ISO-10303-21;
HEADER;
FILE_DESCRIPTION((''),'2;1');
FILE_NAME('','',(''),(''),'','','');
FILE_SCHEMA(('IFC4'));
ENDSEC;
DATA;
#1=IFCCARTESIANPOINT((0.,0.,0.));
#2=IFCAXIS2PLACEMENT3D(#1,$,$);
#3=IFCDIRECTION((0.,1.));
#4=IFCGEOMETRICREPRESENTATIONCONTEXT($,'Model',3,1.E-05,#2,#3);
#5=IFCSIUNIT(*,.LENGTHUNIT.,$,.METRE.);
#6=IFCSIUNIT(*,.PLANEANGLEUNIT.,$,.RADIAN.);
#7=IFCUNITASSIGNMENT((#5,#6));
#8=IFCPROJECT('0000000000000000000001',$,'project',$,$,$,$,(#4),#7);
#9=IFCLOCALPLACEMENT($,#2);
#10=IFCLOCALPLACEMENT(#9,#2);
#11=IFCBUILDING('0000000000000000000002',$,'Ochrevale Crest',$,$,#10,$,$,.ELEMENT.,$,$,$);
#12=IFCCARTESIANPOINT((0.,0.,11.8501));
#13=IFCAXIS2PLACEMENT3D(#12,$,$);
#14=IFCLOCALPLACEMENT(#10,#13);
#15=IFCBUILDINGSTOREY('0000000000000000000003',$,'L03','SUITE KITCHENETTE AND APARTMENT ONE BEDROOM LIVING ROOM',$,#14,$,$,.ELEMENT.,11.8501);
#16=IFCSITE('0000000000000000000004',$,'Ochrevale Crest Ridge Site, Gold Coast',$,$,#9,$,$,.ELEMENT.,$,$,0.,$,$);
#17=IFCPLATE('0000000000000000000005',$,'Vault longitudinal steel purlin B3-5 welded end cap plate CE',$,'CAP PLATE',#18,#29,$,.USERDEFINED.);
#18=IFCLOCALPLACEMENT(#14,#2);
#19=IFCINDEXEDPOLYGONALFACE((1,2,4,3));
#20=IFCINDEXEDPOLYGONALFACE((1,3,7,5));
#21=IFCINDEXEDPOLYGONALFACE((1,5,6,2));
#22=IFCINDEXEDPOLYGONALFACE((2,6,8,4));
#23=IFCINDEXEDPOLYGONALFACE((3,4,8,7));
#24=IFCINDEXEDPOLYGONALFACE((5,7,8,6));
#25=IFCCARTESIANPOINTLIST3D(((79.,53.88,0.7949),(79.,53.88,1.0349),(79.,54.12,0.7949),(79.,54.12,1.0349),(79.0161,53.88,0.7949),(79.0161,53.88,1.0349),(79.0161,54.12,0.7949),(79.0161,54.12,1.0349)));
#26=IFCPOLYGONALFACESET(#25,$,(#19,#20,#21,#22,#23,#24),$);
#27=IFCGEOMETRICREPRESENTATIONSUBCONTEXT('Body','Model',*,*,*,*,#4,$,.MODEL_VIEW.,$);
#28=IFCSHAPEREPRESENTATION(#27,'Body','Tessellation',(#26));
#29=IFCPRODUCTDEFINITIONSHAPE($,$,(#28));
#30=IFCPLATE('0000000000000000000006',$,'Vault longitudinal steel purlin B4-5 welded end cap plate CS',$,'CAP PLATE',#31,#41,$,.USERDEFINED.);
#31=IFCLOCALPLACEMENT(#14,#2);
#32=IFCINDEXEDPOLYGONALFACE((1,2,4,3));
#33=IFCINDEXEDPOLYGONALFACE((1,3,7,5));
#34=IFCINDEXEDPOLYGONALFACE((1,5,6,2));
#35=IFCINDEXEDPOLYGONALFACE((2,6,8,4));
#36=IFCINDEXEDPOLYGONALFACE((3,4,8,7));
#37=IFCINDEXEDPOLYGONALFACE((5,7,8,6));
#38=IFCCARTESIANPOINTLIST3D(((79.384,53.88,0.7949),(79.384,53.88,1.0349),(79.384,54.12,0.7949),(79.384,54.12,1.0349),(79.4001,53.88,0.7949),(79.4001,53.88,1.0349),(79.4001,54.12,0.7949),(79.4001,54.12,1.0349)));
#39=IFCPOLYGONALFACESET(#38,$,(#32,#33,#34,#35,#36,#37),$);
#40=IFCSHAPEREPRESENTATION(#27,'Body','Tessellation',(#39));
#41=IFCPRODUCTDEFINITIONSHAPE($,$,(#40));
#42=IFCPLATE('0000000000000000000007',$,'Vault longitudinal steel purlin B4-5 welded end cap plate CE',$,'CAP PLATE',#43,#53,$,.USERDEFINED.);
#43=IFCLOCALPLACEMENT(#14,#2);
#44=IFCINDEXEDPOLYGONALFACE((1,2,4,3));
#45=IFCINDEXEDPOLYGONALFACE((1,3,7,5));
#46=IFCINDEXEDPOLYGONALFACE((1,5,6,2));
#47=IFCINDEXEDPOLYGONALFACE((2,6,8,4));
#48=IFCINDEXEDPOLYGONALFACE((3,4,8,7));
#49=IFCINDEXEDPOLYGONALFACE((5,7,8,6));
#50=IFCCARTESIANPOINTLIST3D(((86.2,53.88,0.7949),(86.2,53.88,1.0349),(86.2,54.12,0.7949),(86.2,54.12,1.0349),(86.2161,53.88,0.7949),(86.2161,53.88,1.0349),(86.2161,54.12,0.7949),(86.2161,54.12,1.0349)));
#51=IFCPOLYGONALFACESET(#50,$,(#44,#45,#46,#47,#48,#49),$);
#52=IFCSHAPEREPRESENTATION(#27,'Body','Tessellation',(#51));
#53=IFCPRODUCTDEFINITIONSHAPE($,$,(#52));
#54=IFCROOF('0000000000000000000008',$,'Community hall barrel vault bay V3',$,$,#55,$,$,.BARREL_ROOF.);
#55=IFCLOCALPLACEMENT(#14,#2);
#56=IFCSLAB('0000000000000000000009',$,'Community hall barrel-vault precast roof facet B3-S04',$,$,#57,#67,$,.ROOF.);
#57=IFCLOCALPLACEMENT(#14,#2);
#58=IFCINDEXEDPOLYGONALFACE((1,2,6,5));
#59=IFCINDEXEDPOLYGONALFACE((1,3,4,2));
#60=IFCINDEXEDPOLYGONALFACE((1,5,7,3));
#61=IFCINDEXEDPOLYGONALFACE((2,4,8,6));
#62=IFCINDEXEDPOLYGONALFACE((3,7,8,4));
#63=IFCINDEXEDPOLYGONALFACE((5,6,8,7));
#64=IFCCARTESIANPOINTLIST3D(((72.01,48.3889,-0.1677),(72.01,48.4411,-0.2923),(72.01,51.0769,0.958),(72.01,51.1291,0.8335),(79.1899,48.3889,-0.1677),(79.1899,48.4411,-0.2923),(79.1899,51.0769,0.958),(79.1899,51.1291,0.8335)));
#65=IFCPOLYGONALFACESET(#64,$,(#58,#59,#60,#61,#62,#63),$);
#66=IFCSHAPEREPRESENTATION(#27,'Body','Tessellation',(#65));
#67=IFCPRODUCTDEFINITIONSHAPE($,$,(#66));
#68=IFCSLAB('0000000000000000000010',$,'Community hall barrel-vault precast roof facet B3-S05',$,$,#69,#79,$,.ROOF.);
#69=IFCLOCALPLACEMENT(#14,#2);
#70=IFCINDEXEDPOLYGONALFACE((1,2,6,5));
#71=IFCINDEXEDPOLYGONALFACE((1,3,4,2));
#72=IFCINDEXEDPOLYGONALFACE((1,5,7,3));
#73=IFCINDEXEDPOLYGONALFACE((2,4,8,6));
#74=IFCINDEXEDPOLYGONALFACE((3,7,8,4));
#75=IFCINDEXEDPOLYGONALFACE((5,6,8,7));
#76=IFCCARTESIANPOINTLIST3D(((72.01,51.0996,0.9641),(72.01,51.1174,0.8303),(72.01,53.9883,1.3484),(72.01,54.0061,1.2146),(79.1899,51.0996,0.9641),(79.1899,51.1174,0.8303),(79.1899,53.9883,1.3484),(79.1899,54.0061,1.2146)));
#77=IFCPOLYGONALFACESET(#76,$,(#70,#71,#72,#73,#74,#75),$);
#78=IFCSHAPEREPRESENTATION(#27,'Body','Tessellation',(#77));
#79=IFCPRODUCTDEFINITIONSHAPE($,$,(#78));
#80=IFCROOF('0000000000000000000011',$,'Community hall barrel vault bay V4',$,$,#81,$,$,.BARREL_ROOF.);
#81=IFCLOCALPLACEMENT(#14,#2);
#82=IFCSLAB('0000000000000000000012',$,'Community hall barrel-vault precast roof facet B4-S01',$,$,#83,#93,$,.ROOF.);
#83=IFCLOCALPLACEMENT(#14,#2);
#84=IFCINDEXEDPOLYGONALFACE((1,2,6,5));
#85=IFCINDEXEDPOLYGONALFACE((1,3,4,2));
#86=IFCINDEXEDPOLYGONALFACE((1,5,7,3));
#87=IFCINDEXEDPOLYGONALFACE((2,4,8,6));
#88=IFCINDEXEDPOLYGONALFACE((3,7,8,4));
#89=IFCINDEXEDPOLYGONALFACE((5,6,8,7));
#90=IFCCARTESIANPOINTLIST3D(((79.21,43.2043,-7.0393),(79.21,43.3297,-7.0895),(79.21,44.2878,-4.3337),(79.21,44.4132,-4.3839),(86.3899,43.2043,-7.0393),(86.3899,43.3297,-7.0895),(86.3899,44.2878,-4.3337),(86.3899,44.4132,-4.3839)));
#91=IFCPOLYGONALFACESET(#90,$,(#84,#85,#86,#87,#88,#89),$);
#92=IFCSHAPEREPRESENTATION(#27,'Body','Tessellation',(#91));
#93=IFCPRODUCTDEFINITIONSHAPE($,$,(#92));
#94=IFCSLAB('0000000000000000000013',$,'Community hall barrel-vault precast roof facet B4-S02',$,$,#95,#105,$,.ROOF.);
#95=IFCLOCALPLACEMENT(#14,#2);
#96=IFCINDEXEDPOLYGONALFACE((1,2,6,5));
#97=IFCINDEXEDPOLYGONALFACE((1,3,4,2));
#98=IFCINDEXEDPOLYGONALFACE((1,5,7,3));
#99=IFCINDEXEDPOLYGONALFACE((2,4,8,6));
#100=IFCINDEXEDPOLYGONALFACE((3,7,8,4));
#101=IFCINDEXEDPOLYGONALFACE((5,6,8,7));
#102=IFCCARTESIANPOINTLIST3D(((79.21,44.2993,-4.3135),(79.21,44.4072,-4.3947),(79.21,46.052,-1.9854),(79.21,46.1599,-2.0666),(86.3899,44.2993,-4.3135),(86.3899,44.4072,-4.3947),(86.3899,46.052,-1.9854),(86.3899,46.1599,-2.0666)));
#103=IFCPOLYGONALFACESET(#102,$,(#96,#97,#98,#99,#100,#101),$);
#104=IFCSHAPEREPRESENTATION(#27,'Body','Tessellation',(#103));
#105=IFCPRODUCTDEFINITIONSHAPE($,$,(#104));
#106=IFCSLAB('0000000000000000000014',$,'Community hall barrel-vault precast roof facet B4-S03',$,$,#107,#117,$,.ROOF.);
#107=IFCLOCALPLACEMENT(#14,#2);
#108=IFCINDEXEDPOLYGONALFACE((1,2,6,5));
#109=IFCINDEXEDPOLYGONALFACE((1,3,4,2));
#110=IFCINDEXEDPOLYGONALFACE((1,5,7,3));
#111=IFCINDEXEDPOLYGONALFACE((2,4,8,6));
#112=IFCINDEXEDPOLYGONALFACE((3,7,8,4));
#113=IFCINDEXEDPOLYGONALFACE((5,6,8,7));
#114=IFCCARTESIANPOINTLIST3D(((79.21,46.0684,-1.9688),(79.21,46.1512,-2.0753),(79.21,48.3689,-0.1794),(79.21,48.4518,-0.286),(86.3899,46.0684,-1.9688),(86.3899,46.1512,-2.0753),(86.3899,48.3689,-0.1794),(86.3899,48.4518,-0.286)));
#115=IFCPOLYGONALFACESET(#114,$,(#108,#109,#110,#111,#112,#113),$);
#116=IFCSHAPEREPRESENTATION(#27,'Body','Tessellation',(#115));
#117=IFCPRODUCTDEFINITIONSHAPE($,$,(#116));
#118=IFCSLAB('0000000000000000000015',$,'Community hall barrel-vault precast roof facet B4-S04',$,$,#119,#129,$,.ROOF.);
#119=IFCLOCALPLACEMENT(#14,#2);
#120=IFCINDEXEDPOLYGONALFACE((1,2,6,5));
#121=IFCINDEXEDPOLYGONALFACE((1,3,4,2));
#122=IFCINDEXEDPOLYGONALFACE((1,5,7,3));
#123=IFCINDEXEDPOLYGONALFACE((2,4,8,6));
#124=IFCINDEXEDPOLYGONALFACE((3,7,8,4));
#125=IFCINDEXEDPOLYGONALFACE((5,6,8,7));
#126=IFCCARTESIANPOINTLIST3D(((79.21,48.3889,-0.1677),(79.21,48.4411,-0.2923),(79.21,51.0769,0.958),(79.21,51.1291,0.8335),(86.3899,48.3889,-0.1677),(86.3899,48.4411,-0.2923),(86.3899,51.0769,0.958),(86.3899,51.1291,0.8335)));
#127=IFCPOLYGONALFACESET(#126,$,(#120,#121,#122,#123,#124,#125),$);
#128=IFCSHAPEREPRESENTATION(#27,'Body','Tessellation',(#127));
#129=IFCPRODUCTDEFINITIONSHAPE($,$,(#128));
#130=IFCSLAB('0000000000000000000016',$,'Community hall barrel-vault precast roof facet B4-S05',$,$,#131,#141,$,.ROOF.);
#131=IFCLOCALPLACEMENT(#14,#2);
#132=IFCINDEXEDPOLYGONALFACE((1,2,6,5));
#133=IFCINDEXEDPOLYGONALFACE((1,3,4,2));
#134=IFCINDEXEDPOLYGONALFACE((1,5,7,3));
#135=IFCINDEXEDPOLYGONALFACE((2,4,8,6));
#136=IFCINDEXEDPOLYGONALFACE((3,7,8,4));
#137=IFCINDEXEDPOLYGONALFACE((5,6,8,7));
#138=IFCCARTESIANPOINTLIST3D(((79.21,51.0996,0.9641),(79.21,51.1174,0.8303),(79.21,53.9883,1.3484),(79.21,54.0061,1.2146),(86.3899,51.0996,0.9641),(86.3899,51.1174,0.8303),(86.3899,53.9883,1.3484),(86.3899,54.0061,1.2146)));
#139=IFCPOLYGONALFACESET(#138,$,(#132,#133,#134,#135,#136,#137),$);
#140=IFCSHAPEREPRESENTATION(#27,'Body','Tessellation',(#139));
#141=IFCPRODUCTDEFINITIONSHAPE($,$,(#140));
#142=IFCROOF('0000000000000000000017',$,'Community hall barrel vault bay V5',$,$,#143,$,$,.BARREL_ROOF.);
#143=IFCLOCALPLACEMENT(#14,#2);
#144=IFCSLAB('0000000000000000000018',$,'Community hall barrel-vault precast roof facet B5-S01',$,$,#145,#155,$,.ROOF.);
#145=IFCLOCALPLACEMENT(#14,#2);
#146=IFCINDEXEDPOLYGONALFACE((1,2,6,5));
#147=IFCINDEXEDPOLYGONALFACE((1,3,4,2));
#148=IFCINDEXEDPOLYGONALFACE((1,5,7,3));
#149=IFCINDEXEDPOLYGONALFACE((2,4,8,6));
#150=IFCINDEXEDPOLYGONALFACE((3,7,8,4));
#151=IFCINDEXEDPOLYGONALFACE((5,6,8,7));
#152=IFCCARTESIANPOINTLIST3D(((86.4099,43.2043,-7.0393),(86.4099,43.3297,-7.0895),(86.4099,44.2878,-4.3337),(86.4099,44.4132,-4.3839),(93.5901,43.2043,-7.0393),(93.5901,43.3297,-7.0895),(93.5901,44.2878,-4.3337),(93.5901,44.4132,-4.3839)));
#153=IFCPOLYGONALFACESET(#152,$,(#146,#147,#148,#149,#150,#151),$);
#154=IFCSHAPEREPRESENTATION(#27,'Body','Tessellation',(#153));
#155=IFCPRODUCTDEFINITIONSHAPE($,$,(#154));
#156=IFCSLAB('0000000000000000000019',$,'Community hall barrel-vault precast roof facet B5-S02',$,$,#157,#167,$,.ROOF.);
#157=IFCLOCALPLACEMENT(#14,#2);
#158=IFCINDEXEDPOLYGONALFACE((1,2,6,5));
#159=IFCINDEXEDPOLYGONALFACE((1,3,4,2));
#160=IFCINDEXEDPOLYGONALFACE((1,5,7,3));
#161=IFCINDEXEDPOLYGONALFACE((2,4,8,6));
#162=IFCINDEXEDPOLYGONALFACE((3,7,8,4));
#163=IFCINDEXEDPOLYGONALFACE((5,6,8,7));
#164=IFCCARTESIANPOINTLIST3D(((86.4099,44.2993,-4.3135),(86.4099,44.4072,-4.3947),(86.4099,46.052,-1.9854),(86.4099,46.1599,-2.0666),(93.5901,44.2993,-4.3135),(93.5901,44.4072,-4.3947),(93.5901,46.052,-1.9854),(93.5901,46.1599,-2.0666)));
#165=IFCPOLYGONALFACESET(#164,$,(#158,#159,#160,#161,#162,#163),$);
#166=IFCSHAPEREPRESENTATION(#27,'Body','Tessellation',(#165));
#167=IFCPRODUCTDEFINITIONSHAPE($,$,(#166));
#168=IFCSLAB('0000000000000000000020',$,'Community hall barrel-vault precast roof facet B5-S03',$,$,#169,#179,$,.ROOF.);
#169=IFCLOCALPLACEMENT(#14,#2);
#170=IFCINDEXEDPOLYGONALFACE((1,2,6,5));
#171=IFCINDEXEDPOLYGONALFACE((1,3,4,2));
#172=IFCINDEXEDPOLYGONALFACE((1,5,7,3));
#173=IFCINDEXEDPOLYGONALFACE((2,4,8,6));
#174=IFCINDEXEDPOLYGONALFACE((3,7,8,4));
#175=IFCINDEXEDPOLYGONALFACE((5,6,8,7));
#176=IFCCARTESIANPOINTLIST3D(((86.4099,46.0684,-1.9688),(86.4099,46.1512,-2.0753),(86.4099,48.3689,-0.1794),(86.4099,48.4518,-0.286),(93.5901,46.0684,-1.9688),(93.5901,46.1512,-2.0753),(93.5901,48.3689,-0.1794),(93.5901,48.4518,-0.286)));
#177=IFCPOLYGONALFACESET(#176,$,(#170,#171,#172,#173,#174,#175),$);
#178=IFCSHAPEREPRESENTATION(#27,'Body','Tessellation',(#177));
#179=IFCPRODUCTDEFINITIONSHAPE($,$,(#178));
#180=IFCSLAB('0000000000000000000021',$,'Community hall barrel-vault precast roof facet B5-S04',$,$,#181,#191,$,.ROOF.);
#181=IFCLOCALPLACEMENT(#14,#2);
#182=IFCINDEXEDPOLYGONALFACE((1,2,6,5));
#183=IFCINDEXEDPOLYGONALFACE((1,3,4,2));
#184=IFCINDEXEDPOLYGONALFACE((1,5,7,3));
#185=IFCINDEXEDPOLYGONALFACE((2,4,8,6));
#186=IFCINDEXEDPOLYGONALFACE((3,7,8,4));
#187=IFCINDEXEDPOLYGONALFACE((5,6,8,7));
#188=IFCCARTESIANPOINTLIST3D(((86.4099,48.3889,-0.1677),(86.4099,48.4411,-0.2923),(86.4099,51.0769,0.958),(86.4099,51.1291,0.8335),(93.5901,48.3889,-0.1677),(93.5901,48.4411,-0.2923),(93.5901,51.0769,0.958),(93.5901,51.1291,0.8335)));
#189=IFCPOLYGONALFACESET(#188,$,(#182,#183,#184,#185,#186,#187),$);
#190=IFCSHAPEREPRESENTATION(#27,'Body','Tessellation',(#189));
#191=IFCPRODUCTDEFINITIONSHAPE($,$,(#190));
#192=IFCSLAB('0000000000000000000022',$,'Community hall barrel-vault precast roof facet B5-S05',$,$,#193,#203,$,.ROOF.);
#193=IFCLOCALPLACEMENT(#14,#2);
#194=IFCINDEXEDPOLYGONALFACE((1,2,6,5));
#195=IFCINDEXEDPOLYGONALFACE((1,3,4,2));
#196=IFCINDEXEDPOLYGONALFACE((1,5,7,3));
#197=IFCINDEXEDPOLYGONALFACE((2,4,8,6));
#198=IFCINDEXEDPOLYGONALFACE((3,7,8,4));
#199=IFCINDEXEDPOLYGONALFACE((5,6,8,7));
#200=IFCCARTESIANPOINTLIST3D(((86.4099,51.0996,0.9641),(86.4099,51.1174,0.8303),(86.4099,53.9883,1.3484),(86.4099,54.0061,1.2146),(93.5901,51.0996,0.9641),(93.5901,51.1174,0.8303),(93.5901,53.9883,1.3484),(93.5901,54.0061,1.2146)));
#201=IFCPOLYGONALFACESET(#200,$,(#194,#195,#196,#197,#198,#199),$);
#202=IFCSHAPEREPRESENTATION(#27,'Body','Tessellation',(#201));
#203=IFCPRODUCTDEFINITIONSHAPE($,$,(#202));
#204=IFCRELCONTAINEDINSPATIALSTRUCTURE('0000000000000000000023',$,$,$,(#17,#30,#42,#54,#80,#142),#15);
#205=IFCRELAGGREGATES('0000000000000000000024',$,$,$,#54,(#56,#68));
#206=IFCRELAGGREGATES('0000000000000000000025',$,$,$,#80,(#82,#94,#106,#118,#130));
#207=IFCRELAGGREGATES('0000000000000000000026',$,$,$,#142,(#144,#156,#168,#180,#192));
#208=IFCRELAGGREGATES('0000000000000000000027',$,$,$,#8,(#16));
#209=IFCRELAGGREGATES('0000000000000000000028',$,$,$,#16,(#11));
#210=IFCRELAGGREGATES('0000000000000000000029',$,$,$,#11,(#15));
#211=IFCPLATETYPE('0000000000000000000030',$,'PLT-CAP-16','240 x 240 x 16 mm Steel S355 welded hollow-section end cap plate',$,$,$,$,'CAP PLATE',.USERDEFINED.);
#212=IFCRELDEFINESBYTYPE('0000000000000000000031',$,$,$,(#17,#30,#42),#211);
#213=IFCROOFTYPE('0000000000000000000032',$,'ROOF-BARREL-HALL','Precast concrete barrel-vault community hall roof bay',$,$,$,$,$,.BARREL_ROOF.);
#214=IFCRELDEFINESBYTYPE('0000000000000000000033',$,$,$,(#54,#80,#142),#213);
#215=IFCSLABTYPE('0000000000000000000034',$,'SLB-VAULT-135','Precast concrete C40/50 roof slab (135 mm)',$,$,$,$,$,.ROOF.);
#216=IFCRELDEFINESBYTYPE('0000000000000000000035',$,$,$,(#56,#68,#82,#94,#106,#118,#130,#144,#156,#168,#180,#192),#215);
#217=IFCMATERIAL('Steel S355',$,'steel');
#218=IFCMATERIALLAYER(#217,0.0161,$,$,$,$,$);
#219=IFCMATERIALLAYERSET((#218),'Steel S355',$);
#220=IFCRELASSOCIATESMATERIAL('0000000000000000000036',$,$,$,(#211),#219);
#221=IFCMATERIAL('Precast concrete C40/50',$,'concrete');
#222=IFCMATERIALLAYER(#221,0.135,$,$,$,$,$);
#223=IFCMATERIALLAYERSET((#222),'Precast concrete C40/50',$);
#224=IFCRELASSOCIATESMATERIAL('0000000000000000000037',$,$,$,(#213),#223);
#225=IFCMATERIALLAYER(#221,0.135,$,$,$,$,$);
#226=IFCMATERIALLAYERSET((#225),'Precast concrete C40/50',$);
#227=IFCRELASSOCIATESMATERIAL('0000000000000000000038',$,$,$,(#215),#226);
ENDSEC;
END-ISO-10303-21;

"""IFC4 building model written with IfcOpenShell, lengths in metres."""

from ifc_helpers import new_model, si_unit, direction, frame, origin, origin_2d, place, context, subcontext, project, spatial, polyline, rectangle, outline, extrude, material, layer, layer_set, type_object, element, aggregate, save


model = new_model("IFC4")

# Units and contexts
model_context = context("Model", 3, precision=1e-05, world=origin(), true_north=direction((0.0, 1.0)))
body_context = subcontext(model_context, "Body", "Model", "MODEL_VIEW")
ifc_project = project(units=[si_unit("LENGTHUNIT", "METRE"), si_unit("PLANEANGLEUNIT", "RADIAN")], contexts=[model_context])

# Site, building, storey
site_placement = place(None, origin())
site = spatial("IfcSite", under=ifc_project, at=site_placement, Name="Ochrevale Crest Ridge Site, Gold Coast", CompositionType="ELEMENT", RefElevation=0.0)
building_placement = place(site_placement, origin())
building = spatial("IfcBuilding", under=site, at=building_placement, Name="Ochrevale Crest", CompositionType="ELEMENT")
storey_placement = place(building_placement, frame((0.0, 0.0, 11.8501)))
storey = spatial("IfcBuildingStorey", under=building, at=storey_placement, Name="L03", Description="SUITE KITCHENETTE AND APARTMENT ONE BEDROOM LIVING ROOM", CompositionType="ELEMENT", Elevation=11.8501)

# Shared definitions
ifc_material_1 = material(Name="Steel S355", Category="steel")

# Plates
ifc_layer_1 = layer(ifc_material_1, 0.0161)
ifc_layer_set_1 = layer_set([ifc_layer_1], Name="Steel S355")
plate_type = type_object("IfcPlateType", Name="PLT-CAP-16", Description="240 x 240 x 16 mm Steel S355 welded hollow-section end cap plate", ElementType="CAP PLATE", PredefinedType="USERDEFINED", material=ifc_layer_set_1)
for number, where, z_axis, x_axis, name in (
    (1, (79.0081, 54.0, 0.7949), (0.0, 0.0, 1.0), (1.0, 0.0, 0.0), "Vault longitudinal steel purlin B3-5 welded end cap plate CE"),
    (2, (79.3921, 54.0, 0.7949), (0.0, 0.0, 1.0), (1.0, 0.0, 0.0), "Vault longitudinal steel purlin B4-5 welded end cap plate CS"),
    (3, (86.208, 54.0, 0.7949), (0.0, 0.0, 1.0), (1.0, 0.0, 0.0), "Vault longitudinal steel purlin B4-5 welded end cap plate CE"),
):
    element("IfcPlate", number, at=place(storey_placement, frame(where, z_axis=z_axis, x_axis=x_axis)), inside=storey, type_object=plate_type, Name=name, ObjectType="CAP PLATE", PredefinedType="USERDEFINED", context=body_context, shape_type="SweptSolid", body=[
        extrude(rectangle(XDim=0.0161, YDim=0.24, at=origin_2d()), origin(), (0.0, 0.0, 1.0), 0.24),
    ])

# Roofs, slabs
ifc_material_2 = material(Name="Precast concrete C40/50", Category="concrete")
ifc_layer_2 = layer(ifc_material_2, 0.135)
ifc_layer_set_2 = layer_set([ifc_layer_2], Name="Precast concrete C40/50")
roof_type = type_object("IfcRoofType", Name="ROOF-BARREL-HALL", Description="Precast concrete barrel-vault community hall roof bay", PredefinedType="BARREL_ROOF", material=ifc_layer_set_2)
roof_1_placement = place(storey_placement, origin())
roof_1 = element("IfcRoof", 4, at=roof_1_placement, inside=storey, type_object=roof_type, Name="Community hall barrel vault bay V3", PredefinedType="BARREL_ROOF")
ifc_layer_3 = layer(ifc_material_2, 0.135)
ifc_layer_set_3 = layer_set([ifc_layer_3], Name="Precast concrete C40/50")
slab_type = type_object("IfcSlabType", Name="SLB-VAULT-135", Description="Precast concrete C40/50 roof slab (135 mm)", PredefinedType="ROOF", material=ifc_layer_set_3)
slab_1_placement = place(storey_placement, frame((72.01, 48.3889, -0.1677), z_axis=(0.0, -0.386292, 0.922376), x_axis=(1.0, 0.0, 0.0)))
slab_1 = element("IfcSlab", 5, at=slab_1_placement, type_object=slab_type, Name="Community hall barrel-vault precast roof facet B3-S04", PredefinedType="ROOF", context=body_context, shape_type="SweptSolid", body=[
    extrude(outline(polyline([(0.0, 0.0), (7.1799, 0.0), (7.1799, 2.9142), (0.0, 2.9142), (0.0, 0.0)])), origin(), (0.0, 0.0, -1.0), 0.135),
])
slab_2_placement = place(storey_placement, frame((72.01, 51.0996, 0.9641), z_axis=(0.0, -0.131867, 0.991267), x_axis=(1.0, 0.0, 0.0)))
slab_2 = element("IfcSlab", 6, at=slab_2_placement, type_object=slab_type, Name="Community hall barrel-vault precast roof facet B3-S05", PredefinedType="ROOF", context=body_context, shape_type="SweptSolid", body=[
    extrude(outline(polyline([(0.0, 0.0), (7.1799, 0.0), (7.1799, 2.9141), (0.0, 2.9141), (0.0, 0.0)])), origin(), (0.0, 0.0, -1.0), 0.135),
])
aggregate(roof_1, [slab_1, slab_2])
roof_2_placement = place(storey_placement, origin())
roof_2 = element("IfcRoof", 7, at=roof_2_placement, inside=storey, type_object=roof_type, Name="Community hall barrel vault bay V4", PredefinedType="BARREL_ROOF")
slab_3_placement = place(storey_placement, frame((79.21, 43.2043, -7.0393), z_axis=(0.0, -0.928326, 0.371766), x_axis=(1.0, 0.0, 0.0)))
slab_3 = element("IfcSlab", 8, at=slab_3_placement, type_object=slab_type, Name="Community hall barrel-vault precast roof facet B4-S01", PredefinedType="ROOF", context=body_context, shape_type="SweptSolid", body=[
    extrude(outline(polyline([(0.0, 0.0), (7.1799, 0.0), (7.1799, 2.9145), (0.0, 2.9145), (0.0, 0.0)])), origin(), (0.0, 0.0, -1.0), 0.135),
])
slab_4_placement = place(storey_placement, frame((79.21, 44.2993, -4.3135), z_axis=(0.0, -0.798913, 0.601447), x_axis=(1.0, 0.0, 0.0)))
slab_4 = element("IfcSlab", 9, at=slab_4_placement, type_object=slab_type, Name="Community hall barrel-vault precast roof facet B4-S02", PredefinedType="ROOF", context=body_context, shape_type="SweptSolid", body=[
    extrude(outline(polyline([(0.0, 0.0), (7.1799, 0.0), (7.1799, 2.9141), (0.0, 2.9141), (0.0, 0.0)])), origin(), (0.0, 0.0, -1.0), 0.135),
])
slab_5_placement = place(storey_placement, frame((79.21, 46.0684, -1.9688), z_axis=(0.0, -0.613941, 0.789352), x_axis=(1.0, 0.0, 0.0)))
slab_5 = element("IfcSlab", 10, at=slab_5_placement, type_object=slab_type, Name="Community hall barrel-vault precast roof facet B4-S03", PredefinedType="ROOF", context=body_context, shape_type="SweptSolid", body=[
    extrude(outline(polyline([(0.0, 0.0), (7.1799, 0.0), (7.1799, 2.9145), (0.0, 2.9145), (0.0, 0.0)])), origin(), (0.0, 0.0, -1.0), 0.135),
])
slab_6_placement = place(storey_placement, frame((79.21, 48.3889, -0.1677), z_axis=(0.0, -0.386292, 0.922376), x_axis=(1.0, 0.0, 0.0)))
slab_6 = element("IfcSlab", 11, at=slab_6_placement, type_object=slab_type, Name="Community hall barrel-vault precast roof facet B4-S04", PredefinedType="ROOF", context=body_context, shape_type="SweptSolid", body=[
    extrude(outline(polyline([(0.0, 0.0), (7.1799, 0.0), (7.1799, 2.9142), (0.0, 2.9142), (0.0, 0.0)])), origin(), (0.0, 0.0, -1.0), 0.135),
])
slab_7_placement = place(storey_placement, frame((79.21, 51.0996, 0.9641), z_axis=(0.0, -0.131867, 0.991267), x_axis=(1.0, 0.0, 0.0)))
slab_7 = element("IfcSlab", 12, at=slab_7_placement, type_object=slab_type, Name="Community hall barrel-vault precast roof facet B4-S05", PredefinedType="ROOF", context=body_context, shape_type="SweptSolid", body=[
    extrude(outline(polyline([(0.0, 0.0), (7.1799, 0.0), (7.1799, 2.9141), (0.0, 2.9141), (0.0, 0.0)])), origin(), (0.0, 0.0, -1.0), 0.135),
])
aggregate(roof_2, [slab_3, slab_4, slab_5, slab_6, slab_7])
roof_3_placement = place(storey_placement, origin())
roof_3 = element("IfcRoof", 13, at=roof_3_placement, inside=storey, type_object=roof_type, Name="Community hall barrel vault bay V5", PredefinedType="BARREL_ROOF")
slab_8_placement = place(storey_placement, frame((86.4099, 43.2043, -7.0393), z_axis=(0.0, -0.928326, 0.371766), x_axis=(1.0, 0.0, 0.0)))
slab_8 = element("IfcSlab", 14, at=slab_8_placement, type_object=slab_type, Name="Community hall barrel-vault precast roof facet B5-S01", PredefinedType="ROOF", context=body_context, shape_type="SweptSolid", body=[
    extrude(outline(polyline([(0.0, 0.0), (7.1802, 0.0), (7.1802, 2.9145), (0.0, 2.9145), (0.0, 0.0)])), origin(), (0.0, 0.0, -1.0), 0.135),
])
slab_9_placement = place(storey_placement, frame((86.4099, 44.2993, -4.3135), z_axis=(0.0, -0.798913, 0.601447), x_axis=(1.0, 0.0, 0.0)))
slab_9 = element("IfcSlab", 15, at=slab_9_placement, type_object=slab_type, Name="Community hall barrel-vault precast roof facet B5-S02", PredefinedType="ROOF", context=body_context, shape_type="SweptSolid", body=[
    extrude(outline(polyline([(0.0, 0.0), (7.1802, 0.0), (7.1802, 2.9141), (0.0, 2.9141), (0.0, 0.0)])), origin(), (0.0, 0.0, -1.0), 0.135),
])
slab_10_placement = place(storey_placement, frame((86.4099, 46.0684, -1.9688), z_axis=(0.0, -0.613941, 0.789352), x_axis=(1.0, 0.0, 0.0)))
slab_10 = element("IfcSlab", 16, at=slab_10_placement, type_object=slab_type, Name="Community hall barrel-vault precast roof facet B5-S03", PredefinedType="ROOF", context=body_context, shape_type="SweptSolid", body=[
    extrude(outline(polyline([(0.0, 0.0), (7.1802, 0.0), (7.1802, 2.9145), (0.0, 2.9145), (0.0, 0.0)])), origin(), (0.0, 0.0, -1.0), 0.135),
])
slab_11_placement = place(storey_placement, frame((86.4099, 48.3889, -0.1677), z_axis=(0.0, -0.386292, 0.922376), x_axis=(1.0, 0.0, 0.0)))
slab_11 = element("IfcSlab", 17, at=slab_11_placement, type_object=slab_type, Name="Community hall barrel-vault precast roof facet B5-S04", PredefinedType="ROOF", context=body_context, shape_type="SweptSolid", body=[
    extrude(outline(polyline([(0.0, 0.0), (7.1802, 0.0), (7.1802, 2.9142), (0.0, 2.9142), (0.0, 0.0)])), origin(), (0.0, 0.0, -1.0), 0.135),
])
slab_12_placement = place(storey_placement, frame((86.4099, 51.0996, 0.9641), z_axis=(0.0, -0.131867, 0.991267), x_axis=(1.0, 0.0, 0.0)))
slab_12 = element("IfcSlab", 18, at=slab_12_placement, type_object=slab_type, Name="Community hall barrel-vault precast roof facet B5-S05", PredefinedType="ROOF", context=body_context, shape_type="SweptSolid", body=[
    extrude(outline(polyline([(0.0, 0.0), (7.1802, 0.0), (7.1802, 2.9141), (0.0, 2.9141), (0.0, 0.0)])), origin(), (0.0, 0.0, -1.0), 0.135),
])
aggregate(roof_3, [slab_8, slab_9, slab_10, slab_11, slab_12])

save(model, "model.ifc")
